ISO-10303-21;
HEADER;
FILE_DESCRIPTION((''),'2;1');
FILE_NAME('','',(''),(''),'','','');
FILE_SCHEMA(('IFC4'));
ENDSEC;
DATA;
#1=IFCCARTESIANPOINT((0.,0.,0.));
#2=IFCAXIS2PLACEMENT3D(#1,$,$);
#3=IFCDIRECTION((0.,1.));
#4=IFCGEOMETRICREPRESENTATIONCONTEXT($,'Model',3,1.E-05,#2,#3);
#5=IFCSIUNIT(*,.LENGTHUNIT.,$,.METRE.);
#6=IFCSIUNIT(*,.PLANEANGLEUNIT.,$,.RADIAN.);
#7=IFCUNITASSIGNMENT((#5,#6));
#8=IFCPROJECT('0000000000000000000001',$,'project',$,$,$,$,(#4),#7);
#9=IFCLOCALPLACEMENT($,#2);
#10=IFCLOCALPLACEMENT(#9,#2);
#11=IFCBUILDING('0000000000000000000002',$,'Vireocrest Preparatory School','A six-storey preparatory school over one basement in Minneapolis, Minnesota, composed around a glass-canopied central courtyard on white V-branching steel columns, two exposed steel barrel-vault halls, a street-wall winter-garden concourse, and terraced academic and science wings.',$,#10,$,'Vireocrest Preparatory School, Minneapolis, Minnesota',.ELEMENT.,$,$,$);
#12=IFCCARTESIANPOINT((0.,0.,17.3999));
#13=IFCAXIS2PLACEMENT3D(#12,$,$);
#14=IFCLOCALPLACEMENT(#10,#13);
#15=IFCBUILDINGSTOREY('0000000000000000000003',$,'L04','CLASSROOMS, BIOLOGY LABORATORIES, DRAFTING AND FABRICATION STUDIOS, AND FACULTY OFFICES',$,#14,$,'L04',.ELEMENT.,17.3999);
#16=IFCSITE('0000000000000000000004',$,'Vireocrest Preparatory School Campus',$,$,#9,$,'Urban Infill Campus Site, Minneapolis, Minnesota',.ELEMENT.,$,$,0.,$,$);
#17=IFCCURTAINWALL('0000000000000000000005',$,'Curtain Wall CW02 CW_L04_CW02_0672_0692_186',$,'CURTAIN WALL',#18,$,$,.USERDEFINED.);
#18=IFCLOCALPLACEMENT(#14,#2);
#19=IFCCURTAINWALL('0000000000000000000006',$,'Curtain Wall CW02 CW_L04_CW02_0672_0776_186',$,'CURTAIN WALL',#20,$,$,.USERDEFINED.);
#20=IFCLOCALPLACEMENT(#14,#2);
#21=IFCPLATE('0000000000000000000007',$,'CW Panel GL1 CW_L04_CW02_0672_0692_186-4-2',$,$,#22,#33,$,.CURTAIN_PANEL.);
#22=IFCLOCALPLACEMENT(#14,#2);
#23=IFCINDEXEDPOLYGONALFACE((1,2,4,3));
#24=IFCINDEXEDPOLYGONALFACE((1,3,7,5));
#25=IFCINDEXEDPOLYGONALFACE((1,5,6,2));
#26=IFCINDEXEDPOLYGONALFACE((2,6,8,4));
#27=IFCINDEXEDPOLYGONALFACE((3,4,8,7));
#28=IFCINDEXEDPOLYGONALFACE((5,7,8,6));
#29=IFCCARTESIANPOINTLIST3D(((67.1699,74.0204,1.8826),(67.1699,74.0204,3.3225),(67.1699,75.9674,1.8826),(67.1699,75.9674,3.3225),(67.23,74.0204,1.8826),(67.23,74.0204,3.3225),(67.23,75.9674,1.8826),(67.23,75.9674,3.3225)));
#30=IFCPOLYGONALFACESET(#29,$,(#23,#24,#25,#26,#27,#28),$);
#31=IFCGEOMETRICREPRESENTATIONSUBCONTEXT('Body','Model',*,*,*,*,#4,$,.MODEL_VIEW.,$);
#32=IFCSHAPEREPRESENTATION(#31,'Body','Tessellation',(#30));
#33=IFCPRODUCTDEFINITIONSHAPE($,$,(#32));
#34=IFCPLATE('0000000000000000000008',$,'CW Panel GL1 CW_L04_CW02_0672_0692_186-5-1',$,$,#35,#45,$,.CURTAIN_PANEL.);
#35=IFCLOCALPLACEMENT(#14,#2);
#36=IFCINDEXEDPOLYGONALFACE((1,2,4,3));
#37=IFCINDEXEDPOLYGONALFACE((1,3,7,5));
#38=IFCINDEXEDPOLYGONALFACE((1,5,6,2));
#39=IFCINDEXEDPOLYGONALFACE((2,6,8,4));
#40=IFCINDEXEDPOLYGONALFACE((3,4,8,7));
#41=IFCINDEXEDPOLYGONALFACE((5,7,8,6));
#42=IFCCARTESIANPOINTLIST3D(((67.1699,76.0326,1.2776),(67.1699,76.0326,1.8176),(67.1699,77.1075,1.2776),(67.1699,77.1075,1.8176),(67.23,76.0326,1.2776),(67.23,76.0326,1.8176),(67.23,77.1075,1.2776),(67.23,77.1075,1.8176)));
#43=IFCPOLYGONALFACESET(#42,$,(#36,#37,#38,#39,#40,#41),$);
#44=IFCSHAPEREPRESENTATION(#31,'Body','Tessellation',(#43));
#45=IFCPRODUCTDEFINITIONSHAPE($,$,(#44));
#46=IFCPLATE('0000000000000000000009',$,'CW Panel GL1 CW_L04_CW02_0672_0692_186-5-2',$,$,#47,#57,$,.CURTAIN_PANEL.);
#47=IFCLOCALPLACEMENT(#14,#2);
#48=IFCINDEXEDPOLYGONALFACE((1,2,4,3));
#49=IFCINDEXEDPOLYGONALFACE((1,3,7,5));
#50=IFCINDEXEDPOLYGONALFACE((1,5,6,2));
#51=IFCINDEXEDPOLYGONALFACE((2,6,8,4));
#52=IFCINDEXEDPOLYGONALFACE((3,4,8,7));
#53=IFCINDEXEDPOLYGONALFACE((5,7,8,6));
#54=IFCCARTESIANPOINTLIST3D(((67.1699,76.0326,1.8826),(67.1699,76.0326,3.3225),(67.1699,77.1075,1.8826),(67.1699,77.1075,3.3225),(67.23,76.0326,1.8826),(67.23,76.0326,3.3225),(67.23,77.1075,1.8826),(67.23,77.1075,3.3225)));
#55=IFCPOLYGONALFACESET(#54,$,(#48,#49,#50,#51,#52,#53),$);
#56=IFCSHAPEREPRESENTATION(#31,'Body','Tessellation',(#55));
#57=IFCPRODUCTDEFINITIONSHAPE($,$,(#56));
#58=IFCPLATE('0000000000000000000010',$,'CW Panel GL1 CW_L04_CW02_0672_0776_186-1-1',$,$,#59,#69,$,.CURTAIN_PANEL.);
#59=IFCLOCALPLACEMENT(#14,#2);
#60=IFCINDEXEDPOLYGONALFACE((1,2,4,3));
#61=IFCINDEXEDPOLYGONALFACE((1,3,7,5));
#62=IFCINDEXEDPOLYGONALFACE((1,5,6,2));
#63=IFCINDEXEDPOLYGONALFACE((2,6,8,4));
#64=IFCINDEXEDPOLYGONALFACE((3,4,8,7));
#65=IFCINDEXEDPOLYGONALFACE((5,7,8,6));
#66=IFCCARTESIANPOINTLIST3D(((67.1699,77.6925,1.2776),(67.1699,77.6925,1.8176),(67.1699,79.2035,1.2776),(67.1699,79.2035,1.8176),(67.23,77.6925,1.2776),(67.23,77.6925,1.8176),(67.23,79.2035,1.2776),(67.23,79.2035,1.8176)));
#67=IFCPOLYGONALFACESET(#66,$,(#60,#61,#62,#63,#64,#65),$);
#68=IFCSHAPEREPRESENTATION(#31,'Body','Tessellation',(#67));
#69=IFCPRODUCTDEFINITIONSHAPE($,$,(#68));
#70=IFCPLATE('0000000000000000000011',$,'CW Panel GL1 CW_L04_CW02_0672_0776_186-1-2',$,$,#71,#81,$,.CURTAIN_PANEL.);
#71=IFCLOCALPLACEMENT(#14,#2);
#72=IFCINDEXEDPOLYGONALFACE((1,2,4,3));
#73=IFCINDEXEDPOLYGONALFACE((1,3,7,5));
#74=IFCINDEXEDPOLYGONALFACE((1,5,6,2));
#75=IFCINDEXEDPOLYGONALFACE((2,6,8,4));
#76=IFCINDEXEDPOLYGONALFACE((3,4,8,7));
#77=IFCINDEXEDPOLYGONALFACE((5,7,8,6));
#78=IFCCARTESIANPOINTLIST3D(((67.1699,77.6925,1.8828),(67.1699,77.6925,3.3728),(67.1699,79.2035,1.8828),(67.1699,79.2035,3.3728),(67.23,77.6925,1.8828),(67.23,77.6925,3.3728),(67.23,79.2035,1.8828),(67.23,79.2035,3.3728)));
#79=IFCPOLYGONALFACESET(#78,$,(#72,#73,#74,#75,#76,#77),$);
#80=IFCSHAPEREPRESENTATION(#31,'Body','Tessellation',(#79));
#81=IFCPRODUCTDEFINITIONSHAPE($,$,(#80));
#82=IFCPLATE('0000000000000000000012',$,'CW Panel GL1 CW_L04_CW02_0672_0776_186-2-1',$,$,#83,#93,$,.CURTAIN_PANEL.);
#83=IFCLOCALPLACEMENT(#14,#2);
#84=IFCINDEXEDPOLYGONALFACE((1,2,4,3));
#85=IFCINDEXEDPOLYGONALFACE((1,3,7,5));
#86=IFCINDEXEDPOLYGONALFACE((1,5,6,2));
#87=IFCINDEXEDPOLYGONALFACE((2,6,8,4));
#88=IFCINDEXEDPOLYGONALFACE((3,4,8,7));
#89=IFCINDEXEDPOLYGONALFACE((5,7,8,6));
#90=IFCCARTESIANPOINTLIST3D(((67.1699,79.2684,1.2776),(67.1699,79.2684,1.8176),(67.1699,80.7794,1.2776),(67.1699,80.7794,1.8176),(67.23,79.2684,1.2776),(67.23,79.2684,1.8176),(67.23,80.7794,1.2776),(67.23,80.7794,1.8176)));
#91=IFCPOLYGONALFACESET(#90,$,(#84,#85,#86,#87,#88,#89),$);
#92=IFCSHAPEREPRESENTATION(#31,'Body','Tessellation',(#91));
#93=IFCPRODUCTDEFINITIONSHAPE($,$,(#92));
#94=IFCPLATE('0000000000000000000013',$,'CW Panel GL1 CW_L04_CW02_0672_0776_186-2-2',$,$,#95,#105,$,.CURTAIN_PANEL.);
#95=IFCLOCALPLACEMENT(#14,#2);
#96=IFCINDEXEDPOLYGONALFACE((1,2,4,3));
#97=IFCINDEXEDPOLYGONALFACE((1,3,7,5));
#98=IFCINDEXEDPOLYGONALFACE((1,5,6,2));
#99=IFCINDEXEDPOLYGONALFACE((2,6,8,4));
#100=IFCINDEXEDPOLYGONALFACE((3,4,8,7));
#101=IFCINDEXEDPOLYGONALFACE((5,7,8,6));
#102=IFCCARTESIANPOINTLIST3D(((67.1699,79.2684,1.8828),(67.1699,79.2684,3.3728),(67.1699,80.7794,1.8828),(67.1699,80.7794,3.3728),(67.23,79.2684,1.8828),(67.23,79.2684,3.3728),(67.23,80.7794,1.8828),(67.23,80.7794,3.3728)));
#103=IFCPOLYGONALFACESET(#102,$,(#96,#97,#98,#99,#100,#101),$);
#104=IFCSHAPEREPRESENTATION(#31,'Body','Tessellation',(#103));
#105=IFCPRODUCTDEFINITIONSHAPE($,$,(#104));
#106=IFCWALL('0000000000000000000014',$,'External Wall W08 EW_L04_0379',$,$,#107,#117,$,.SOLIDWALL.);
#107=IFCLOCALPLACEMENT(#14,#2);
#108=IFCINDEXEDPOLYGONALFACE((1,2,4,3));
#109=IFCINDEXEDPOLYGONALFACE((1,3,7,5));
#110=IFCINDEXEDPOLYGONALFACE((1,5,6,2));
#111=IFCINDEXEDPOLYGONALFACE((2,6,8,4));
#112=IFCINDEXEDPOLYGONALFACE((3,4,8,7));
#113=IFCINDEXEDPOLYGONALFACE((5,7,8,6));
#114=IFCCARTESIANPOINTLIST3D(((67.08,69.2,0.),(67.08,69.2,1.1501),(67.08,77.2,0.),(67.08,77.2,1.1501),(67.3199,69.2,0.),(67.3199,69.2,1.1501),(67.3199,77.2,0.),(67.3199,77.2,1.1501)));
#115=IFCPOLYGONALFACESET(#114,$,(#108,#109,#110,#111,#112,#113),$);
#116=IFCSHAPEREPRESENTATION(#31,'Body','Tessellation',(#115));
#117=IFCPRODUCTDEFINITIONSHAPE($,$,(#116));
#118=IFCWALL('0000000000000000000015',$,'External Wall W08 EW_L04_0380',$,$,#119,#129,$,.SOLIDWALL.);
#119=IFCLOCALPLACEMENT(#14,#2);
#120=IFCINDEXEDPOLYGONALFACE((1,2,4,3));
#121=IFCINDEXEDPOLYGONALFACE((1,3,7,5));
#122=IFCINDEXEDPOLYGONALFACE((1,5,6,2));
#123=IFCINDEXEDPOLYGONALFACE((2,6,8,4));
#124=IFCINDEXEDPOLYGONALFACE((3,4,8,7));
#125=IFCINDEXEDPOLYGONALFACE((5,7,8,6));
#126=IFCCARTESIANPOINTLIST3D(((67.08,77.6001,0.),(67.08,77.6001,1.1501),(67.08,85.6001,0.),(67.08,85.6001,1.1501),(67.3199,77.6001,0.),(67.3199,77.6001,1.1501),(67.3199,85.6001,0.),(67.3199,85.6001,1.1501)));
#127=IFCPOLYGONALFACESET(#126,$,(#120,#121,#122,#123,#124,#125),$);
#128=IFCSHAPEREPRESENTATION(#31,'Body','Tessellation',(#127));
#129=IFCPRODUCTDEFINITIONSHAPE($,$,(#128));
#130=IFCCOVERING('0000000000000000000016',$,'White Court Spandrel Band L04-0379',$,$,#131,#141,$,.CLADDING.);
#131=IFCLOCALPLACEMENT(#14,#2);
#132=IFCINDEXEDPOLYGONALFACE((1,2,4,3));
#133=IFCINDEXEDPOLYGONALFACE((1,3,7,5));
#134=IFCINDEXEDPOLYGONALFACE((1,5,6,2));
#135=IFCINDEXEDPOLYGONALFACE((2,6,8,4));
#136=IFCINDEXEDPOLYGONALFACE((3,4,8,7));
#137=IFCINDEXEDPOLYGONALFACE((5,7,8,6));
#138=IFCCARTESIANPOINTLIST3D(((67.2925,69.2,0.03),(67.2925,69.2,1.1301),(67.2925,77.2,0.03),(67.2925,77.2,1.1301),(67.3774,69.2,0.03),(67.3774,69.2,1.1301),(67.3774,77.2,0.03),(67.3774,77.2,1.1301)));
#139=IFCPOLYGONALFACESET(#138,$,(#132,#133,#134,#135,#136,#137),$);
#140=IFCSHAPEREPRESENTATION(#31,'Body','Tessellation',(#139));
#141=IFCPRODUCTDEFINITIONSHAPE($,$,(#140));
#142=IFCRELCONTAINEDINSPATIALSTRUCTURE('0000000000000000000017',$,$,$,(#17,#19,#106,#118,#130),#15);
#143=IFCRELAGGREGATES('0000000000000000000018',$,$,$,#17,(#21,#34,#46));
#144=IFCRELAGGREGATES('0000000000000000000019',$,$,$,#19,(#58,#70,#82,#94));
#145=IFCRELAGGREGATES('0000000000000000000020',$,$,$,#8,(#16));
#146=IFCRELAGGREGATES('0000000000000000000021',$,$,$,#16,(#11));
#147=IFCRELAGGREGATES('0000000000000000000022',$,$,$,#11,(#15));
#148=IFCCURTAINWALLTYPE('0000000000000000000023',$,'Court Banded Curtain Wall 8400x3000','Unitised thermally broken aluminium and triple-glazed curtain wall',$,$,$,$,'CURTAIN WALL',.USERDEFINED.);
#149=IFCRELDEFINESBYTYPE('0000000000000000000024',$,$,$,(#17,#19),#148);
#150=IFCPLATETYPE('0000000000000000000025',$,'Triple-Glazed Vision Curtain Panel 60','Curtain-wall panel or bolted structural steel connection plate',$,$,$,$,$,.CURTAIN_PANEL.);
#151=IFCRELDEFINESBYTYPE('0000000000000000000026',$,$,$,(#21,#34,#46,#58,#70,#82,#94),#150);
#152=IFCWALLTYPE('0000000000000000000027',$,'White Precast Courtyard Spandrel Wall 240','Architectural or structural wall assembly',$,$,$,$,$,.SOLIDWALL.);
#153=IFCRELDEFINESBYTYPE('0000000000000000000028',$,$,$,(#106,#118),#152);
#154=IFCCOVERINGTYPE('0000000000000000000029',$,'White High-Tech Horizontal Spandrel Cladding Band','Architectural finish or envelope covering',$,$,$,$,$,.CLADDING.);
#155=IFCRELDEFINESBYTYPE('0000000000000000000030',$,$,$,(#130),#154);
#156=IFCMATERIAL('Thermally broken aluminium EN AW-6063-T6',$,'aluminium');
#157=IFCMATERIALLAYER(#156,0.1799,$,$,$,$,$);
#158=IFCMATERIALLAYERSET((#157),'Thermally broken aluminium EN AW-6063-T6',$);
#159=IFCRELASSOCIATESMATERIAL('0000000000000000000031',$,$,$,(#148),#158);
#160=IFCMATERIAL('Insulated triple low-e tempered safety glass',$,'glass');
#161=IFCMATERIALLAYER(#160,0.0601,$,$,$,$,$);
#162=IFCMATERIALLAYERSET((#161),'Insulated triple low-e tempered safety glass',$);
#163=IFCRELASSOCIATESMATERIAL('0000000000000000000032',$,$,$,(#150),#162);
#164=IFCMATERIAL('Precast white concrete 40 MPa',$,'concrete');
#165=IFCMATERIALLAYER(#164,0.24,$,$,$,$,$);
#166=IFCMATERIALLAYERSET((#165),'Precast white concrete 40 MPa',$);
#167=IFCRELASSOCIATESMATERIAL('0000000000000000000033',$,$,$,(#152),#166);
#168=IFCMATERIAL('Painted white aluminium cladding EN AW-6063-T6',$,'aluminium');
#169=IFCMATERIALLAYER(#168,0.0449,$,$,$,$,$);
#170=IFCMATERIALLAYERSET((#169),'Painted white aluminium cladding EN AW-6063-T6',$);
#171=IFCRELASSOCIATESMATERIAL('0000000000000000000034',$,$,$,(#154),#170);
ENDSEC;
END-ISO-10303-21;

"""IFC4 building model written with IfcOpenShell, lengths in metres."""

from ifc_helpers import new_model, si_unit, direction, frame, frame_2d, origin, origin_2d, place, context, subcontext, project, spatial, rectangle, extrude, material, layer, layer_set, type_object, element, aggregate, save


model = new_model("IFC4")

# Units and contexts
model_context = context("Model", 3, precision=1e-05, world=origin(), true_north=direction((0.0, 1.0)))
body_context = subcontext(model_context, "Body", "Model", "MODEL_VIEW")
ifc_project = project(units=[si_unit("LENGTHUNIT", "METRE"), si_unit("PLANEANGLEUNIT", "RADIAN")], contexts=[model_context])

# Site, building, storey
site_placement = place(None, origin())
site = spatial("IfcSite", under=ifc_project, at=site_placement, Name="Vireocrest Preparatory School Campus", LongName="Urban Infill Campus Site, Minneapolis, Minnesota", CompositionType="ELEMENT", RefElevation=0.0)
building_placement = place(site_placement, origin())
building = spatial("IfcBuilding", under=site, at=building_placement, Name="Vireocrest Preparatory School", Description="A six-storey preparatory school over one basement in Minneapolis, Minnesota, composed around a glass-canopied central courtyard on white V-branching steel columns, two exposed steel barrel-vault halls, a street-wall winter-garden concourse, and terraced academic and science wings.", LongName="Vireocrest Preparatory School, Minneapolis, Minnesota", CompositionType="ELEMENT")
storey_placement = place(building_placement, frame((0.0, 0.0, 17.3999)))
storey = spatial("IfcBuildingStorey", under=building, at=storey_placement, Name="L04", Description="CLASSROOMS, BIOLOGY LABORATORIES, DRAFTING AND FABRICATION STUDIOS, AND FACULTY OFFICES", LongName="L04", CompositionType="ELEMENT", Elevation=17.3999)

# Curtain walls
ifc_material_1 = material(Name="Thermally broken aluminium EN AW-6063-T6", Category="aluminium")
ifc_layer_1 = layer(ifc_material_1, 0.1799)
ifc_layer_set_1 = layer_set([ifc_layer_1], Name="Thermally broken aluminium EN AW-6063-T6")
curtain_wall_type = type_object("IfcCurtainWallType", Name="Court Banded Curtain Wall 8400x3000", Description="Unitised thermally broken aluminium and triple-glazed curtain wall", ElementType="CURTAIN WALL", PredefinedType="USERDEFINED", material=ifc_layer_set_1)
curtain_wall_1_placement = place(storey_placement, origin())
curtain_wall_1 = element("IfcCurtainWall", 1, at=curtain_wall_1_placement, inside=storey, type_object=curtain_wall_type, Name="Curtain Wall CW02 CW_L04_CW02_0672_0692_186", ObjectType="CURTAIN WALL", PredefinedType="USERDEFINED")
curtain_wall_2_placement = place(storey_placement, origin())
curtain_wall_2 = element("IfcCurtainWall", 2, at=curtain_wall_2_placement, inside=storey, type_object=curtain_wall_type, Name="Curtain Wall CW02 CW_L04_CW02_0672_0776_186", ObjectType="CURTAIN WALL", PredefinedType="USERDEFINED")

# Plates
ifc_material_2 = material(Name="Insulated triple low-e tempered safety glass", Category="glass")
ifc_layer_2 = layer(ifc_material_2, 0.0601)
ifc_layer_set_2 = layer_set([ifc_layer_2], Name="Insulated triple low-e tempered safety glass")
plate_type = type_object("IfcPlateType", Name="Triple-Glazed Vision Curtain Panel 60", Description="Curtain-wall panel or bolted structural steel connection plate", PredefinedType="CURTAIN_PANEL", material=ifc_layer_set_2)
plate_1_placement = place(storey_placement, frame((67.2, 74.9939, 1.8826), z_axis=(0.0, 0.0, 1.0), x_axis=(0.0, 1.0, 0.0)))
plate_1 = element("IfcPlate", 3, at=plate_1_placement, type_object=plate_type, Name="CW Panel GL1 CW_L04_CW02_0672_0692_186-4-2", PredefinedType="CURTAIN_PANEL", context=body_context, shape_type="SweptSolid", body=[
    extrude(rectangle(XDim=1.947, YDim=0.0601, at=origin_2d()), origin(), (0.0, 0.0, 1.0), 1.4399),
])
plate_2_placement = place(storey_placement, frame((67.2, 76.5701, 1.2776), z_axis=(0.0, 0.0, 1.0), x_axis=(0.0, 1.0, 0.0)))
plate_2 = element("IfcPlate", 4, at=plate_2_placement, type_object=plate_type, Name="CW Panel GL1 CW_L04_CW02_0672_0692_186-5-1", PredefinedType="CURTAIN_PANEL", context=body_context, shape_type="SweptSolid", body=[
    extrude(rectangle(XDim=1.075, YDim=0.0601, at=origin_2d()), origin(), (0.0, 0.0, 1.0), 0.54),
])
plate_3_placement = place(storey_placement, frame((67.2, 76.5701, 1.8826), z_axis=(0.0, 0.0, 1.0), x_axis=(0.0, 1.0, 0.0)))
plate_3 = element("IfcPlate", 5, at=plate_3_placement, type_object=plate_type, Name="CW Panel GL1 CW_L04_CW02_0672_0692_186-5-2", PredefinedType="CURTAIN_PANEL", context=body_context, shape_type="SweptSolid", body=[
    extrude(rectangle(XDim=1.075, YDim=0.0601, at=origin_2d()), origin(), (0.0, 0.0, 1.0), 1.4399),
])
aggregate(curtain_wall_1, [plate_1, plate_2, plate_3])
plate_4_placement = place(storey_placement, frame((67.2, 78.448, 1.2776), z_axis=(0.0, 0.0, 1.0), x_axis=(0.0, 1.0, 0.0)))
plate_4 = element("IfcPlate", 6, at=plate_4_placement, type_object=plate_type, Name="CW Panel GL1 CW_L04_CW02_0672_0776_186-1-1", PredefinedType="CURTAIN_PANEL", context=body_context, shape_type="SweptSolid", body=[
    extrude(rectangle(XDim=1.511, YDim=0.0601, at=origin_2d()), origin(), (0.0, 0.0, 1.0), 0.54),
])
plate_5_placement = place(storey_placement, frame((67.2, 78.448, 1.8828), z_axis=(0.0, 0.0, 1.0), x_axis=(0.0, 1.0, 0.0)))
plate_5 = element("IfcPlate", 7, at=plate_5_placement, type_object=plate_type, Name="CW Panel GL1 CW_L04_CW02_0672_0776_186-1-2", PredefinedType="CURTAIN_PANEL", context=body_context, shape_type="SweptSolid", body=[
    extrude(rectangle(XDim=1.511, YDim=0.0601, at=origin_2d()), origin(), (0.0, 0.0, 1.0), 1.49),
])
plate_6_placement = place(storey_placement, frame((67.2, 80.0239, 1.2776), z_axis=(0.0, 0.0, 1.0), x_axis=(0.0, 1.0, 0.0)))
plate_6 = element("IfcPlate", 8, at=plate_6_placement, type_object=plate_type, Name="CW Panel GL1 CW_L04_CW02_0672_0776_186-2-1", PredefinedType="CURTAIN_PANEL", context=body_context, shape_type="SweptSolid", body=[
    extrude(rectangle(XDim=1.511, YDim=0.0601, at=origin_2d()), origin(), (0.0, 0.0, 1.0), 0.54),
])
plate_7_placement = place(storey_placement, frame((67.2, 80.0239, 1.8828), z_axis=(0.0, 0.0, 1.0), x_axis=(0.0, 1.0, 0.0)))
plate_7 = element("IfcPlate", 9, at=plate_7_placement, type_object=plate_type, Name="CW Panel GL1 CW_L04_CW02_0672_0776_186-2-2", PredefinedType="CURTAIN_PANEL", context=body_context, shape_type="SweptSolid", body=[
    extrude(rectangle(XDim=1.511, YDim=0.0601, at=origin_2d()), origin(), (0.0, 0.0, 1.0), 1.49),
])
aggregate(curtain_wall_2, [plate_4, plate_5, plate_6, plate_7])

# Walls
ifc_material_3 = material(Name="Precast white concrete 40 MPa", Category="concrete")
ifc_layer_3 = layer(ifc_material_3, 0.24)
ifc_layer_set_3 = layer_set([ifc_layer_3], Name="Precast white concrete 40 MPa")
wall_type = type_object("IfcWallType", Name="White Precast Courtyard Spandrel Wall 240", Description="Architectural or structural wall assembly", PredefinedType="SOLIDWALL", material=ifc_layer_set_3)
for number, where, z_axis, x_axis, name in (
    (10, (67.2, 69.2, 0.0), (0.0, 0.0, 1.0), (0.0, 1.0, 0.0), "External Wall W08 EW_L04_0379"),
    (11, (67.2, 77.6001, 0.0), (0.0, 0.0, 1.0), (0.0, 1.0, 0.0), "External Wall W08 EW_L04_0380"),
):
    element("IfcWall", number, at=place(storey_placement, frame(where, z_axis=z_axis, x_axis=x_axis)), inside=storey, type_object=wall_type, Name=name, PredefinedType="SOLIDWALL", context=body_context, shape_type="SweptSolid", body=[
        extrude(rectangle(XDim=8.0, YDim=0.24, at=frame_2d((4.0, 0.0))), origin(), (0.0, 0.0, 1.0), 1.1501),
    ])

# Covering
ifc_material_4 = material(Name="Painted white aluminium cladding EN AW-6063-T6", Category="aluminium")
ifc_layer_4 = layer(ifc_material_4, 0.0449)
ifc_layer_set_4 = layer_set([ifc_layer_4], Name="Painted white aluminium cladding EN AW-6063-T6")
covering_type = type_object("IfcCoveringType", Name="White High-Tech Horizontal Spandrel Cladding Band", Description="Architectural finish or envelope covering", PredefinedType="CLADDING", material=ifc_layer_set_4)
covering_placement = place(storey_placement, frame((67.335, 73.2, 0.03), z_axis=(0.0, 0.0, 1.0), x_axis=(1.0, 0.0, 0.0)))
element("IfcCovering", 12, at=covering_placement, inside=storey, type_object=covering_type, Name="White Court Spandrel Band L04-0379", PredefinedType="CLADDING", context=body_context, shape_type="SweptSolid", body=[
    extrude(rectangle(XDim=0.085, YDim=8.0, at=origin_2d()), origin(), (0.0, 0.0, 1.0), 1.1001),
])

save(model, "model.ifc")
